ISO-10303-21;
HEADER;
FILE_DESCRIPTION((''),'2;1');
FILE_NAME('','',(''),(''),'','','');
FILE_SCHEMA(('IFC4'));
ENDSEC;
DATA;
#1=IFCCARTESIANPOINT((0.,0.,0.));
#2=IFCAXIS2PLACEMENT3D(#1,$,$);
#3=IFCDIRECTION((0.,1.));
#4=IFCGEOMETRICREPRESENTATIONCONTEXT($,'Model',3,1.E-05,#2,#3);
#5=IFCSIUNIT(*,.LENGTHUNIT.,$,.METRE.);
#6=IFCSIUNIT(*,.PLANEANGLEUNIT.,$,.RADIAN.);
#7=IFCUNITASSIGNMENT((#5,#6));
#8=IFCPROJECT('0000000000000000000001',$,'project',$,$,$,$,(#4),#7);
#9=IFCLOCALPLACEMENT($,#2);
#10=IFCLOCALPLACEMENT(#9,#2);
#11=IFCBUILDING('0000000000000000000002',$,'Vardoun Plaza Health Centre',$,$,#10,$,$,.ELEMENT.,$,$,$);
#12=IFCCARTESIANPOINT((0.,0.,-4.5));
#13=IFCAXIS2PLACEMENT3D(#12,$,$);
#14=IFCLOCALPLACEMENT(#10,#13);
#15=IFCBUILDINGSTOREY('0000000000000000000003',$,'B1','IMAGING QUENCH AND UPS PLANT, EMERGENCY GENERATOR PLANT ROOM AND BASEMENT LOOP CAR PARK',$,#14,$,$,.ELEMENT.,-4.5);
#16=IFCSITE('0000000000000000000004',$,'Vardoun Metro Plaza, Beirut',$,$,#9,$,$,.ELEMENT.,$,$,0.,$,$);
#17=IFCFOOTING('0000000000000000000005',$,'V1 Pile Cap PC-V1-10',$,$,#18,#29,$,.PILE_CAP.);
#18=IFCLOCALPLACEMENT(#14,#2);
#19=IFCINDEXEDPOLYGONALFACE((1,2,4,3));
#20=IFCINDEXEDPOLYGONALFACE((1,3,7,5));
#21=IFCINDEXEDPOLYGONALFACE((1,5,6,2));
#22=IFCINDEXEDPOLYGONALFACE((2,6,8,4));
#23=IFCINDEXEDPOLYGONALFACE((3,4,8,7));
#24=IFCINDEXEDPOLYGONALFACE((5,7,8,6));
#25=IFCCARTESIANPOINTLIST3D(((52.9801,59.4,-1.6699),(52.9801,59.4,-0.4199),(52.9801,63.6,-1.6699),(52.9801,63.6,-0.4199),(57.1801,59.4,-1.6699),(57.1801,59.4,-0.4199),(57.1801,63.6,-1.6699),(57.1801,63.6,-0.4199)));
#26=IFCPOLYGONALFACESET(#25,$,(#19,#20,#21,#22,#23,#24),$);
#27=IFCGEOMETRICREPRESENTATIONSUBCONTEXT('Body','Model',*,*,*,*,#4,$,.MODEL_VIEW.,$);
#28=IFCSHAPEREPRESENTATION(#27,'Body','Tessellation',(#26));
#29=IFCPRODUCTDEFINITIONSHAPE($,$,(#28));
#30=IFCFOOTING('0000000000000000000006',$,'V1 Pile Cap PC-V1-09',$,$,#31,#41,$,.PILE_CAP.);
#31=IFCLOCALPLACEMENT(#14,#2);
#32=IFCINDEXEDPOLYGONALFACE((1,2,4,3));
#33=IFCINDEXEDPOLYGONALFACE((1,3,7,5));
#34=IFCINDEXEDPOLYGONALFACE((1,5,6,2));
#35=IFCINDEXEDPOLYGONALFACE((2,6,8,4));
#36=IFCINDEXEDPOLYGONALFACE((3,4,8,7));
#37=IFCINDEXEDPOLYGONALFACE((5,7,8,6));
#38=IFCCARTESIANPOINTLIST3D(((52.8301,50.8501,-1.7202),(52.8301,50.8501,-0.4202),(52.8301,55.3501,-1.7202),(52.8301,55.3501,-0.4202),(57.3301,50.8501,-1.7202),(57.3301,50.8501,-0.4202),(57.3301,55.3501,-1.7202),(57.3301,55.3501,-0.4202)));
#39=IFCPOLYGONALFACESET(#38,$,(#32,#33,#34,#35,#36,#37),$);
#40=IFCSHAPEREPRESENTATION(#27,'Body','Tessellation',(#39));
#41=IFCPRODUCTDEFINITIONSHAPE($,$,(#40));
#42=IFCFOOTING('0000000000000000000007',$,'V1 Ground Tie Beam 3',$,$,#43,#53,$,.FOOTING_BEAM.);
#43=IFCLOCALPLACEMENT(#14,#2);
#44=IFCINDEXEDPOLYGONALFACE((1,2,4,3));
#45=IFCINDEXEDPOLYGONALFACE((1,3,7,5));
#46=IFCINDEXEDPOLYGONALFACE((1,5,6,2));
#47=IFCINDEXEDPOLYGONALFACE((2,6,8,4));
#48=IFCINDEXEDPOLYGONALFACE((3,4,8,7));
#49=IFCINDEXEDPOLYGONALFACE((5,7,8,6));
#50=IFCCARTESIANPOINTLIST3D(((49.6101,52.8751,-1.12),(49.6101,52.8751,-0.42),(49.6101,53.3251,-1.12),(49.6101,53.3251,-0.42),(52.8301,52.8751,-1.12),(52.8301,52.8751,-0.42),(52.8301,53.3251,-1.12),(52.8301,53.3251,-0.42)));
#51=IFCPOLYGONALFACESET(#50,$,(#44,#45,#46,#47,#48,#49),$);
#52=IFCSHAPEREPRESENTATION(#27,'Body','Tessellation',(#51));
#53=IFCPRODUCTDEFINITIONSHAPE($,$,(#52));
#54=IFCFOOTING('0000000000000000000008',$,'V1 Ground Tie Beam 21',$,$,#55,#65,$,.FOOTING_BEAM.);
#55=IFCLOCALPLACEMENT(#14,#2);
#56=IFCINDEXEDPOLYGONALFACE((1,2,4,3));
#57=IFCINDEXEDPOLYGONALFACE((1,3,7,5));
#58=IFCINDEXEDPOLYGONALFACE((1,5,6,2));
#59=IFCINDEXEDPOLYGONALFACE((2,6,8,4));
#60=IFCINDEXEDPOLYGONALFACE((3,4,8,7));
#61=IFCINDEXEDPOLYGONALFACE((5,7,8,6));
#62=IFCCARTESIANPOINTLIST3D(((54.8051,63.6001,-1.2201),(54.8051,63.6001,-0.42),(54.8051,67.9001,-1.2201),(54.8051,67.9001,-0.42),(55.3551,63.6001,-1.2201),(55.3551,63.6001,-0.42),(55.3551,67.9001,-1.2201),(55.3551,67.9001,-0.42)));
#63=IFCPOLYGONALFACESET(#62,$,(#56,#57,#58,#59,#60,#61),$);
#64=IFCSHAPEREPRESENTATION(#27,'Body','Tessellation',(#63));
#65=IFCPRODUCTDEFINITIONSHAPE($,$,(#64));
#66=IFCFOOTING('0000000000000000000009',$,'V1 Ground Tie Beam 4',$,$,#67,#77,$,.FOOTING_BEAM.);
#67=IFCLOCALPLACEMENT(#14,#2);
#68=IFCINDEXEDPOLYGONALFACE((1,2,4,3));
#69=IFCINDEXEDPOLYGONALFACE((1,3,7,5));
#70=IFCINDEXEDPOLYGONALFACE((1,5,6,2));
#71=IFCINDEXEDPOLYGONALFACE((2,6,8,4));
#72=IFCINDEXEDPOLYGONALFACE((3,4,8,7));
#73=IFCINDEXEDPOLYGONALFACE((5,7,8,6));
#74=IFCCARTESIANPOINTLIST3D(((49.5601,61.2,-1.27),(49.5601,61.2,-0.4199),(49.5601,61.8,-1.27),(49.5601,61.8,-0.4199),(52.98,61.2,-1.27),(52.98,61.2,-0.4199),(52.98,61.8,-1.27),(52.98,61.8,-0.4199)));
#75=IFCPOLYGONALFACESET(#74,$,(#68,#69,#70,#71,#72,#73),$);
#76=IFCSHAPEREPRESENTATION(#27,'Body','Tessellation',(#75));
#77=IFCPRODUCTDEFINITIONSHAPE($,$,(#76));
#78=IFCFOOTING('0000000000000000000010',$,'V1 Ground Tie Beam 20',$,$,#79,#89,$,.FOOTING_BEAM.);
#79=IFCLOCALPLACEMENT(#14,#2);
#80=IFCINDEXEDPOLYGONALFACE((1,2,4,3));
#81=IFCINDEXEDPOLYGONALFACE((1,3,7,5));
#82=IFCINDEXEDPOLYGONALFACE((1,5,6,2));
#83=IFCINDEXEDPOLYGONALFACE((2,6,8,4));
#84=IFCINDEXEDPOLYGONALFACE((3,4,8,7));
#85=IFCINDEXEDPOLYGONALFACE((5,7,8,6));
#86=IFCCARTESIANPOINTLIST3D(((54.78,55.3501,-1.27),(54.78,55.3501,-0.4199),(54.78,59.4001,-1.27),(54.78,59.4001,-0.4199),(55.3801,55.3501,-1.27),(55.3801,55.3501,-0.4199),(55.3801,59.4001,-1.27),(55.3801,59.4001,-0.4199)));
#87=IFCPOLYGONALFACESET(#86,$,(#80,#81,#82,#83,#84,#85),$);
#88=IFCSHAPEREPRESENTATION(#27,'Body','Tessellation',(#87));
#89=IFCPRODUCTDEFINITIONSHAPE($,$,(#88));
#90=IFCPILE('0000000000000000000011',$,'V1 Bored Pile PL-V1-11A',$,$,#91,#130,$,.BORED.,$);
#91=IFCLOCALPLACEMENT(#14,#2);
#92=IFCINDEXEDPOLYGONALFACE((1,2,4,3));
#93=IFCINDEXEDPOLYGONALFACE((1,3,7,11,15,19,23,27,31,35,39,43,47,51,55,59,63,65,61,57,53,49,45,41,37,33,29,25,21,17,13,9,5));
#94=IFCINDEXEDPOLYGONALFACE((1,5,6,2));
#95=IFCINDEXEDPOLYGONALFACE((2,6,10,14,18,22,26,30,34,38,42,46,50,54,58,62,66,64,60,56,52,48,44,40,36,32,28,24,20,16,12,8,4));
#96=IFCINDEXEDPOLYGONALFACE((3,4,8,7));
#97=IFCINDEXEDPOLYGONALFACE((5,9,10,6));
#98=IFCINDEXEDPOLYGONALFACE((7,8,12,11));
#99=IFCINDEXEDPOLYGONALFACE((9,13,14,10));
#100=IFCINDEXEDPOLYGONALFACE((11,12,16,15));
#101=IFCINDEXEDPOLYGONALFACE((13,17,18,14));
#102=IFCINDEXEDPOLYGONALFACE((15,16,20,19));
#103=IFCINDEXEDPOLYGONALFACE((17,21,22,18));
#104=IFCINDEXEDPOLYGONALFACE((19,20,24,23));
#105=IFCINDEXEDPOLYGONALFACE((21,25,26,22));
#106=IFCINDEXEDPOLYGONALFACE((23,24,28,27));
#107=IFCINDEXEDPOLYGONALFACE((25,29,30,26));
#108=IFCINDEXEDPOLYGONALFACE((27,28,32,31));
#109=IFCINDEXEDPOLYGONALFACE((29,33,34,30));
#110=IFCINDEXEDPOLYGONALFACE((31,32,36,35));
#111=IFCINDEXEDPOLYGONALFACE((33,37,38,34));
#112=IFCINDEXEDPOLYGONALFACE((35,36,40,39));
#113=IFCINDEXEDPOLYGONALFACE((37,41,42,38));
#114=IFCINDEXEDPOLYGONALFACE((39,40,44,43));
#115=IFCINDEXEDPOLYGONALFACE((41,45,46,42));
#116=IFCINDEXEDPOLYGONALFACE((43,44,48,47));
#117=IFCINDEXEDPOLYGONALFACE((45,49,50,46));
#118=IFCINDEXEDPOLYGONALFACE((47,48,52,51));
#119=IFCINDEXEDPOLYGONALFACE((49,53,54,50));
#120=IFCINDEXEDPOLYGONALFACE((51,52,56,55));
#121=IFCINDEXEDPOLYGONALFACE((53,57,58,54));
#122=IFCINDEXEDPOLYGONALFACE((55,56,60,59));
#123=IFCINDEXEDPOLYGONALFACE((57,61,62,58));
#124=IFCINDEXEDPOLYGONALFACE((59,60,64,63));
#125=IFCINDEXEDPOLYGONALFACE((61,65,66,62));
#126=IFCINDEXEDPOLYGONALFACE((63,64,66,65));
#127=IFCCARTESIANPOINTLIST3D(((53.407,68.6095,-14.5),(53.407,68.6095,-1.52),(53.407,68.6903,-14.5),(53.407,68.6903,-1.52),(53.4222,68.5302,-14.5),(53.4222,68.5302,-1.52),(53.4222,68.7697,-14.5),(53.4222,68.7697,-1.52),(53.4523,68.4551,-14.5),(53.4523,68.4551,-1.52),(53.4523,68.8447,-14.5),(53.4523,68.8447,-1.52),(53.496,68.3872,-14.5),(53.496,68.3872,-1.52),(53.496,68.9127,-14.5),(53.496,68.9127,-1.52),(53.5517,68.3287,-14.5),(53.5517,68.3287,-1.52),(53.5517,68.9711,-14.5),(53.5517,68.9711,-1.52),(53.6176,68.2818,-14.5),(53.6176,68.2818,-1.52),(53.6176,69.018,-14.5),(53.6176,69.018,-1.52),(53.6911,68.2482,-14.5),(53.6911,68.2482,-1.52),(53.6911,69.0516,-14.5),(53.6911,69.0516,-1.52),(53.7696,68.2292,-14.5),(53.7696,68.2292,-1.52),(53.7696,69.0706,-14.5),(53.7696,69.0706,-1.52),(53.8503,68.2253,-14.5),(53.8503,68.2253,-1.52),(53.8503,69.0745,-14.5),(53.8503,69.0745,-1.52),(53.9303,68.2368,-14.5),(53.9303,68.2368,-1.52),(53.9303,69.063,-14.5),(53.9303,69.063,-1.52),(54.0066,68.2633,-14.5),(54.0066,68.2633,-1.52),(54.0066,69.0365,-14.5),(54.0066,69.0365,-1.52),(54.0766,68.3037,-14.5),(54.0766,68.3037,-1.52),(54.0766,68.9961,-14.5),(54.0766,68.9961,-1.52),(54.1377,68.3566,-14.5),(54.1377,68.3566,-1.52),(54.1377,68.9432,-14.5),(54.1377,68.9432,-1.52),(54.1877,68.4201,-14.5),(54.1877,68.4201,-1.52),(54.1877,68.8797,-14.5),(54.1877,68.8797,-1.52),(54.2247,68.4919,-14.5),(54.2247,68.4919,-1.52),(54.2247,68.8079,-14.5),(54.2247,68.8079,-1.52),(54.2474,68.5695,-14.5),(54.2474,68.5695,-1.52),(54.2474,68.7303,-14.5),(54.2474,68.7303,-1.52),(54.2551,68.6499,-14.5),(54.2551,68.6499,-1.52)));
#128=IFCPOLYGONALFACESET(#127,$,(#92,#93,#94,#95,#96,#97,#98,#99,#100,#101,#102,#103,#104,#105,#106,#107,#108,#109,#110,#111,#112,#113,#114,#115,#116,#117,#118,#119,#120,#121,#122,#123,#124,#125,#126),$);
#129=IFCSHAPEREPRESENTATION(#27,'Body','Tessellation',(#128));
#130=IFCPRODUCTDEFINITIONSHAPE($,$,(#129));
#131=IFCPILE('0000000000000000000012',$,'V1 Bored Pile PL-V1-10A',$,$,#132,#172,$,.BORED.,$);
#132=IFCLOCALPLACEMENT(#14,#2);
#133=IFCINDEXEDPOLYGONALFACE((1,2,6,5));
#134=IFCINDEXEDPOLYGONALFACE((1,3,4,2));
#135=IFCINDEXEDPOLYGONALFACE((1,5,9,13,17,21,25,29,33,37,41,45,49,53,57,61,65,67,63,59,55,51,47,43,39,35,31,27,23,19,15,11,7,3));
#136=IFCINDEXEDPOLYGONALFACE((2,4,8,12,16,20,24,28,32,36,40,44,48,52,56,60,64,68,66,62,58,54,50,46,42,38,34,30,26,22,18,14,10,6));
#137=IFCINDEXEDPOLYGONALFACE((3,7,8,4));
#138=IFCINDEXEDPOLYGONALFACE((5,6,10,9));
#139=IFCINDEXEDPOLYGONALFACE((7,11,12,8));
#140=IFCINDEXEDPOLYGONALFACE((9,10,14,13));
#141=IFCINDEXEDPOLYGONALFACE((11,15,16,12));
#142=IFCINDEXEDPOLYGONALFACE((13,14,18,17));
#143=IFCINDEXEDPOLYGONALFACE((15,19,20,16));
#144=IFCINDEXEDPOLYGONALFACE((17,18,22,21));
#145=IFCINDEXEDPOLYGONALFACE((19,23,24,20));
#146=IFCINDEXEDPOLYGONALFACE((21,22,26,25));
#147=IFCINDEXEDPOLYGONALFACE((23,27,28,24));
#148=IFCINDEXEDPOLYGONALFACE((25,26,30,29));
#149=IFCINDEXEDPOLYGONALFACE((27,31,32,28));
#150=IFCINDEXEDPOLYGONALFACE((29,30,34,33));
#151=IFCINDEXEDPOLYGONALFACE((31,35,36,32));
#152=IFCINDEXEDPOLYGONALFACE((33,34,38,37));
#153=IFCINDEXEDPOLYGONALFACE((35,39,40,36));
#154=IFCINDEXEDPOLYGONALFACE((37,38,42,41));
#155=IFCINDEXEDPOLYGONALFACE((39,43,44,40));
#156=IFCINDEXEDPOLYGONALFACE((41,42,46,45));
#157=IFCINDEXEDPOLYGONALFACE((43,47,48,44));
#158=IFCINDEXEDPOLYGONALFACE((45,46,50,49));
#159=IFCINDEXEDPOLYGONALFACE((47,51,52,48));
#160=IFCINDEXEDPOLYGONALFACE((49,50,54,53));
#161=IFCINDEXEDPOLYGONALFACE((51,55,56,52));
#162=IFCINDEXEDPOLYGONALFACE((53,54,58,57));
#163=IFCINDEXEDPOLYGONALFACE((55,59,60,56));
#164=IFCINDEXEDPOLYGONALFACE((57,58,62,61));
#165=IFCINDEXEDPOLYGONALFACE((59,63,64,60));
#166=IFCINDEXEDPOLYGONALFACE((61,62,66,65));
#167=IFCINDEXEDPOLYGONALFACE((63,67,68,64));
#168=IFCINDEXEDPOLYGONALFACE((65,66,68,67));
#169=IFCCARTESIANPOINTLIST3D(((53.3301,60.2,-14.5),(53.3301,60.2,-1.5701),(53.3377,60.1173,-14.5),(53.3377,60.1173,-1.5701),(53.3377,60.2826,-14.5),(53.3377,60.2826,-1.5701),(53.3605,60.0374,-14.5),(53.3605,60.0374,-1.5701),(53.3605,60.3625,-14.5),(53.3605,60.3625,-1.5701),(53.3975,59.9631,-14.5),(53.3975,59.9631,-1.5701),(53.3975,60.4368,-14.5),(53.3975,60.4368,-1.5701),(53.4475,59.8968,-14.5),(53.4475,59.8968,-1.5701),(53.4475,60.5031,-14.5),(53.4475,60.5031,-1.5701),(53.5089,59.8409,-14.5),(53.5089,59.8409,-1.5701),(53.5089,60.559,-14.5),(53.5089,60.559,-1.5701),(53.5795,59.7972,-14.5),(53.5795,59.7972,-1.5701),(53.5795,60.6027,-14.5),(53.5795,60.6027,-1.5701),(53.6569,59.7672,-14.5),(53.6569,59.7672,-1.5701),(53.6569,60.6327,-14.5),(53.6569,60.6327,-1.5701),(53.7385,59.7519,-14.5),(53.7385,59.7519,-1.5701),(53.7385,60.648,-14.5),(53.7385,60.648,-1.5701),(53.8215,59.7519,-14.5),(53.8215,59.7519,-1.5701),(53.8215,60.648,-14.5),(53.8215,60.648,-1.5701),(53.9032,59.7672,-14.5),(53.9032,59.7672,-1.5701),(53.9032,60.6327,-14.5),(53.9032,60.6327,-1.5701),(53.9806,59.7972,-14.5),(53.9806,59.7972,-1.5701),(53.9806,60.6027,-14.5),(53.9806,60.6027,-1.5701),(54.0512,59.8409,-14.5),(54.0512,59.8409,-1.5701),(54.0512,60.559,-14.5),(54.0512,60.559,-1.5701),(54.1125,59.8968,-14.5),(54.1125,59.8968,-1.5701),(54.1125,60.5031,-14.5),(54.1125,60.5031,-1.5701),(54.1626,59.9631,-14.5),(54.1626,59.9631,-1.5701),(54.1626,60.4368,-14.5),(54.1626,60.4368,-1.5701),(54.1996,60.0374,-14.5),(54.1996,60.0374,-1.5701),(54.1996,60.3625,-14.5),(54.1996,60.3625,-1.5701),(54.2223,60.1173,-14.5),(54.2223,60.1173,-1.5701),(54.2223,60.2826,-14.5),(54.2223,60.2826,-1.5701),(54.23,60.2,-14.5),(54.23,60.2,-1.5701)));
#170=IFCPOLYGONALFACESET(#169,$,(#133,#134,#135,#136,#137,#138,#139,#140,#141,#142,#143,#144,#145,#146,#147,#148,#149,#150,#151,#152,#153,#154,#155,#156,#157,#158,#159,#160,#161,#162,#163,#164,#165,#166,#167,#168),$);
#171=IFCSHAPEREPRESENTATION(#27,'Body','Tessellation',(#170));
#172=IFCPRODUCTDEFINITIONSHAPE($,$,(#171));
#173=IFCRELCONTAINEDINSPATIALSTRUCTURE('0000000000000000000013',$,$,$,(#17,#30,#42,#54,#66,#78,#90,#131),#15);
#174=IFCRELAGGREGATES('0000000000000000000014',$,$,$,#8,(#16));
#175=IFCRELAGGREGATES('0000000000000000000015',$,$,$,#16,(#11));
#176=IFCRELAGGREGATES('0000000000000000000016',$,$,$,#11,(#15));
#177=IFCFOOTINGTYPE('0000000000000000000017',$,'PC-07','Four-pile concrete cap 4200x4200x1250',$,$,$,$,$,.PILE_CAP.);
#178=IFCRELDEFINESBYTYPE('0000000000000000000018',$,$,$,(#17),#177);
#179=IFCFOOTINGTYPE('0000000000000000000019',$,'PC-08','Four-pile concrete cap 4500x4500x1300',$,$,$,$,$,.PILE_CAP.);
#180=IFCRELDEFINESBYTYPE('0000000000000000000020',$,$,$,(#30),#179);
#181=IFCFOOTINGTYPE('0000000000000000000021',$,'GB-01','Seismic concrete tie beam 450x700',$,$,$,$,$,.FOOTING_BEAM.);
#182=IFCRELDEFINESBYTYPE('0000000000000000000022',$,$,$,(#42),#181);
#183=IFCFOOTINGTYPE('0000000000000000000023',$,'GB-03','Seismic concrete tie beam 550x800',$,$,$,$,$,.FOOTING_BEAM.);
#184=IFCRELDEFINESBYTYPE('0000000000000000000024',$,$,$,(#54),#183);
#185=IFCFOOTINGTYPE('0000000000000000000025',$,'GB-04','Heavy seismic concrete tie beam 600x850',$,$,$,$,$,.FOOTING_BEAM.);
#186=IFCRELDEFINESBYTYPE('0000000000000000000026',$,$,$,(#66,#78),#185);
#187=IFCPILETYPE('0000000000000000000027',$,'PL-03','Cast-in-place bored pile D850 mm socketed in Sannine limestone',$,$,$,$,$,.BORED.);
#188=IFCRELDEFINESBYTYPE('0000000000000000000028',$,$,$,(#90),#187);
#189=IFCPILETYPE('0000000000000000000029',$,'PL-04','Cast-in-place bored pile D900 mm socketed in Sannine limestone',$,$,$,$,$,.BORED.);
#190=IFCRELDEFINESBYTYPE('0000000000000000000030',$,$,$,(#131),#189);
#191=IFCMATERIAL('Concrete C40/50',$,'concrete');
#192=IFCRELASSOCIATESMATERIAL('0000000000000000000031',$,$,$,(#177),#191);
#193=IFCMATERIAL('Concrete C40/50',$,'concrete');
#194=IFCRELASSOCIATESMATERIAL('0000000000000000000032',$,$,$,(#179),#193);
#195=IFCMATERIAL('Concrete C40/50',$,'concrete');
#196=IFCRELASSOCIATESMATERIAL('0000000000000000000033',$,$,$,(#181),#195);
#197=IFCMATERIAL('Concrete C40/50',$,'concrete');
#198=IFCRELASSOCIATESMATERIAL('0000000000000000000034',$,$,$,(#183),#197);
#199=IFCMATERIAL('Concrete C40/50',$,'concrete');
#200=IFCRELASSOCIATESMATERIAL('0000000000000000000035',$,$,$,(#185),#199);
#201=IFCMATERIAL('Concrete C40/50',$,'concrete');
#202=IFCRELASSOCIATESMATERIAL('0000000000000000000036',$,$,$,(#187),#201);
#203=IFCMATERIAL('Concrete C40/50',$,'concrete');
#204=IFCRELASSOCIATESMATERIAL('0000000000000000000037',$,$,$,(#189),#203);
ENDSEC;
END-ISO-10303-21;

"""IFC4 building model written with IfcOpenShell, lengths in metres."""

from ifc_helpers import new_model, si_unit, direction, frame, origin, origin_2d, place, context, subcontext, project, spatial, rectangle, circle, extrude, material, material_profile, profile_set, type_object, element, save


model = new_model("IFC4")

# Units and contexts
model_context = context("Model", 3, precision=1e-05, world=origin(), true_north=direction((0.0, 1.0)))
body_context = subcontext(model_context, "Body", "Model", "MODEL_VIEW")
ifc_project = project(units=[si_unit("LENGTHUNIT", "METRE"), si_unit("PLANEANGLEUNIT", "RADIAN")], contexts=[model_context])

# Site, building, storey
site_placement = place(None, origin())
site = spatial("IfcSite", under=ifc_project, at=site_placement, Name="Vardoun Metro Plaza, Beirut", CompositionType="ELEMENT", RefElevation=0.0)
building_placement = place(site_placement, origin())
building = spatial("IfcBuilding", under=site, at=building_placement, Name="Vardoun Plaza Health Centre", CompositionType="ELEMENT")
storey_placement = place(building_placement, frame((0.0, 0.0, -4.5)))
storey = spatial("IfcBuildingStorey", under=building, at=storey_placement, Name="B1", Description="IMAGING QUENCH AND UPS PLANT, EMERGENCY GENERATOR PLANT ROOM AND BASEMENT LOOP CAR PARK", CompositionType="ELEMENT", Elevation=-4.5)

# Footings
ifc_material_1 = material(Name="Concrete C40/50", Category="concrete")
footing_type_1 = type_object("IfcFootingType", Name="PC-07", Description="Four-pile concrete cap 4200x4200x1250", PredefinedType="PILE_CAP", material=ifc_material_1)
footing_1_placement = place(storey_placement, frame((55.0801, 61.5, -1.6699), z_axis=(0.0, 0.0, 1.0), x_axis=(1.0, 0.0, 0.0)))
element("IfcFooting", 1, at=footing_1_placement, inside=storey, type_object=footing_type_1, Name="V1 Pile Cap PC-V1-10", PredefinedType="PILE_CAP", context=body_context, shape_type="SweptSolid", body=[
    extrude(rectangle(XDim=4.2, YDim=4.2, at=origin_2d()), origin(), (0.0, 0.0, 1.0), 1.25),
])
ifc_material_2 = material(Name="Concrete C40/50", Category="concrete")
footing_type_2 = type_object("IfcFootingType", Name="PC-08", Description="Four-pile concrete cap 4500x4500x1300", PredefinedType="PILE_CAP", material=ifc_material_2)
footing_2_placement = place(storey_placement, frame((55.0801, 53.1001, -1.7202), z_axis=(0.0, 0.0, 1.0), x_axis=(1.0, 0.0, 0.0)))
element("IfcFooting", 2, at=footing_2_placement, inside=storey, type_object=footing_type_2, Name="V1 Pile Cap PC-V1-09", PredefinedType="PILE_CAP", context=body_context, shape_type="SweptSolid", body=[
    extrude(rectangle(XDim=4.5, YDim=4.5, at=origin_2d()), origin(), (0.0, 0.0, 1.0), 1.3),
])
ifc_material_3 = material(Name="Concrete C40/50", Category="concrete")
ifc_material_profile_1 = material_profile(ifc_material_3, rectangle(XDim=0.45, YDim=0.7, at=origin_2d()), Name="GB 450x700")
ifc_profile_set_1 = profile_set([ifc_material_profile_1], Name="Concrete C40/50")
footing_type_3 = type_object("IfcFootingType", Name="GB-01", Description="Seismic concrete tie beam 450x700", PredefinedType="FOOTING_BEAM", material=ifc_profile_set_1)
footing_3_placement = place(storey_placement, frame((49.6101, 53.1001, -0.77), z_axis=(1.0, 0.0, 0.0), x_axis=(0.0, 1.0, 0.0)))
element("IfcFooting", 3, at=footing_3_placement, inside=storey, type_object=footing_type_3, Name="V1 Ground Tie Beam 3", PredefinedType="FOOTING_BEAM", context=body_context, shape_type="SweptSolid", body=[
    extrude(rectangle(XDim=0.45, YDim=0.7, at=origin_2d()), origin(), (0.0, 0.0, 1.0), 3.22),
])
ifc_material_4 = material(Name="Concrete C40/50", Category="concrete")
ifc_material_profile_2 = material_profile(ifc_material_4, rectangle(XDim=0.55, YDim=0.8, at=origin_2d()), Name="GB 550x800")
ifc_profile_set_2 = profile_set([ifc_material_profile_2], Name="Concrete C40/50")
footing_type_4 = type_object("IfcFootingType", Name="GB-03", Description="Seismic concrete tie beam 550x800", PredefinedType="FOOTING_BEAM", material=ifc_profile_set_2)
footing_4_placement = place(storey_placement, frame((55.0801, 63.6001, -0.8201), z_axis=(0.0, 1.0, 0.0), x_axis=(-1.0, 0.0, 0.0)))
element("IfcFooting", 4, at=footing_4_placement, inside=storey, type_object=footing_type_4, Name="V1 Ground Tie Beam 21", PredefinedType="FOOTING_BEAM", context=body_context, shape_type="SweptSolid", body=[
    extrude(rectangle(XDim=0.55, YDim=0.8, at=origin_2d()), origin(), (0.0, 0.0, 1.0), 4.3),
])
ifc_material_5 = material(Name="Concrete C40/50", Category="concrete")
ifc_material_profile_3 = material_profile(ifc_material_5, rectangle(XDim=0.6001, YDim=0.8501, at=origin_2d()), Name="GB 600x850")
ifc_profile_set_3 = profile_set([ifc_material_profile_3], Name="Concrete C40/50")
footing_type_5 = type_object("IfcFootingType", Name="GB-04", Description="Heavy seismic concrete tie beam 600x850", PredefinedType="FOOTING_BEAM", material=ifc_profile_set_3)
footing_5_placement = place(storey_placement, frame((49.5601, 61.5, -0.845), z_axis=(1.0, 0.0, 0.0), x_axis=(0.0, 1.0, 0.0)))
element("IfcFooting", 5, at=footing_5_placement, inside=storey, type_object=footing_type_5, Name="V1 Ground Tie Beam 4", PredefinedType="FOOTING_BEAM", context=body_context, shape_type="SweptSolid", body=[
    extrude(rectangle(XDim=0.6001, YDim=0.8501, at=origin_2d()), origin(), (0.0, 0.0, 1.0), 3.4199),
])
footing_6_placement = place(storey_placement, frame((55.0801, 55.3501, -0.845), z_axis=(0.0, 1.0, 0.0), x_axis=(-1.0, 0.0, 0.0)))
element("IfcFooting", 6, at=footing_6_placement, inside=storey, type_object=footing_type_5, Name="V1 Ground Tie Beam 20", PredefinedType="FOOTING_BEAM", context=body_context, shape_type="SweptSolid", body=[
    extrude(rectangle(XDim=0.6001, YDim=0.8501, at=origin_2d()), origin(), (0.0, 0.0, 1.0), 4.05),
])

# Piles
ifc_material_6 = material(Name="Concrete C40/50", Category="concrete")
ifc_material_profile_4 = material_profile(ifc_material_6, circle(Radius=0.425, at=origin_2d()), Name="PILE D850")
ifc_profile_set_4 = profile_set([ifc_material_profile_4], Name="Concrete C40/50")
pile_type_1 = type_object("IfcPileType", Name="PL-03", Description="Cast-in-place bored pile D850 mm socketed in Sannine limestone", PredefinedType="BORED", material=ifc_profile_set_4)
pile_placement = place(storey_placement, frame((53.8301, 68.6499, -1.52), z_axis=(0.0, 0.0, -1.0), x_axis=(1.0, 0.0, 0.0)))
element("IfcPile", 7, at=pile_placement, inside=storey, type_object=pile_type_1, Name="V1 Bored Pile PL-V1-11A", PredefinedType="BORED", context=body_context, shape_type="SweptSolid", body=[
    extrude(circle(Radius=0.425, at=origin_2d()), origin(), (0.0, 0.0, 1.0), 12.98),
])
ifc_material_7 = material(Name="Concrete C40/50", Category="concrete")
ifc_material_profile_5 = material_profile(ifc_material_7, circle(Radius=0.45, at=origin_2d()), Name="PILE D900")
ifc_profile_set_5 = profile_set([ifc_material_profile_5], Name="Concrete C40/50")
pile_type_2 = type_object("IfcPileType", Name="PL-04", Description="Cast-in-place bored pile D900 mm socketed in Sannine limestone", PredefinedType="BORED", material=ifc_profile_set_5)
for number, where, z_axis, x_axis, name in (
    (8, (53.78, 60.2, -1.5701), (0.0, 0.0, -1.0), (1.0, 0.0, 0.0), "V1 Bored Pile PL-V1-10A"),
):
    element("IfcPile", number, at=place(storey_placement, frame(where, z_axis=z_axis, x_axis=x_axis)), inside=storey, type_object=pile_type_2, Name=name, PredefinedType="BORED", context=body_context, shape_type="SweptSolid", body=[
        extrude(circle(Radius=0.45, at=origin_2d()), origin(), (0.0, 0.0, 1.0), 12.9299),
    ])

save(model, "model.ifc")
